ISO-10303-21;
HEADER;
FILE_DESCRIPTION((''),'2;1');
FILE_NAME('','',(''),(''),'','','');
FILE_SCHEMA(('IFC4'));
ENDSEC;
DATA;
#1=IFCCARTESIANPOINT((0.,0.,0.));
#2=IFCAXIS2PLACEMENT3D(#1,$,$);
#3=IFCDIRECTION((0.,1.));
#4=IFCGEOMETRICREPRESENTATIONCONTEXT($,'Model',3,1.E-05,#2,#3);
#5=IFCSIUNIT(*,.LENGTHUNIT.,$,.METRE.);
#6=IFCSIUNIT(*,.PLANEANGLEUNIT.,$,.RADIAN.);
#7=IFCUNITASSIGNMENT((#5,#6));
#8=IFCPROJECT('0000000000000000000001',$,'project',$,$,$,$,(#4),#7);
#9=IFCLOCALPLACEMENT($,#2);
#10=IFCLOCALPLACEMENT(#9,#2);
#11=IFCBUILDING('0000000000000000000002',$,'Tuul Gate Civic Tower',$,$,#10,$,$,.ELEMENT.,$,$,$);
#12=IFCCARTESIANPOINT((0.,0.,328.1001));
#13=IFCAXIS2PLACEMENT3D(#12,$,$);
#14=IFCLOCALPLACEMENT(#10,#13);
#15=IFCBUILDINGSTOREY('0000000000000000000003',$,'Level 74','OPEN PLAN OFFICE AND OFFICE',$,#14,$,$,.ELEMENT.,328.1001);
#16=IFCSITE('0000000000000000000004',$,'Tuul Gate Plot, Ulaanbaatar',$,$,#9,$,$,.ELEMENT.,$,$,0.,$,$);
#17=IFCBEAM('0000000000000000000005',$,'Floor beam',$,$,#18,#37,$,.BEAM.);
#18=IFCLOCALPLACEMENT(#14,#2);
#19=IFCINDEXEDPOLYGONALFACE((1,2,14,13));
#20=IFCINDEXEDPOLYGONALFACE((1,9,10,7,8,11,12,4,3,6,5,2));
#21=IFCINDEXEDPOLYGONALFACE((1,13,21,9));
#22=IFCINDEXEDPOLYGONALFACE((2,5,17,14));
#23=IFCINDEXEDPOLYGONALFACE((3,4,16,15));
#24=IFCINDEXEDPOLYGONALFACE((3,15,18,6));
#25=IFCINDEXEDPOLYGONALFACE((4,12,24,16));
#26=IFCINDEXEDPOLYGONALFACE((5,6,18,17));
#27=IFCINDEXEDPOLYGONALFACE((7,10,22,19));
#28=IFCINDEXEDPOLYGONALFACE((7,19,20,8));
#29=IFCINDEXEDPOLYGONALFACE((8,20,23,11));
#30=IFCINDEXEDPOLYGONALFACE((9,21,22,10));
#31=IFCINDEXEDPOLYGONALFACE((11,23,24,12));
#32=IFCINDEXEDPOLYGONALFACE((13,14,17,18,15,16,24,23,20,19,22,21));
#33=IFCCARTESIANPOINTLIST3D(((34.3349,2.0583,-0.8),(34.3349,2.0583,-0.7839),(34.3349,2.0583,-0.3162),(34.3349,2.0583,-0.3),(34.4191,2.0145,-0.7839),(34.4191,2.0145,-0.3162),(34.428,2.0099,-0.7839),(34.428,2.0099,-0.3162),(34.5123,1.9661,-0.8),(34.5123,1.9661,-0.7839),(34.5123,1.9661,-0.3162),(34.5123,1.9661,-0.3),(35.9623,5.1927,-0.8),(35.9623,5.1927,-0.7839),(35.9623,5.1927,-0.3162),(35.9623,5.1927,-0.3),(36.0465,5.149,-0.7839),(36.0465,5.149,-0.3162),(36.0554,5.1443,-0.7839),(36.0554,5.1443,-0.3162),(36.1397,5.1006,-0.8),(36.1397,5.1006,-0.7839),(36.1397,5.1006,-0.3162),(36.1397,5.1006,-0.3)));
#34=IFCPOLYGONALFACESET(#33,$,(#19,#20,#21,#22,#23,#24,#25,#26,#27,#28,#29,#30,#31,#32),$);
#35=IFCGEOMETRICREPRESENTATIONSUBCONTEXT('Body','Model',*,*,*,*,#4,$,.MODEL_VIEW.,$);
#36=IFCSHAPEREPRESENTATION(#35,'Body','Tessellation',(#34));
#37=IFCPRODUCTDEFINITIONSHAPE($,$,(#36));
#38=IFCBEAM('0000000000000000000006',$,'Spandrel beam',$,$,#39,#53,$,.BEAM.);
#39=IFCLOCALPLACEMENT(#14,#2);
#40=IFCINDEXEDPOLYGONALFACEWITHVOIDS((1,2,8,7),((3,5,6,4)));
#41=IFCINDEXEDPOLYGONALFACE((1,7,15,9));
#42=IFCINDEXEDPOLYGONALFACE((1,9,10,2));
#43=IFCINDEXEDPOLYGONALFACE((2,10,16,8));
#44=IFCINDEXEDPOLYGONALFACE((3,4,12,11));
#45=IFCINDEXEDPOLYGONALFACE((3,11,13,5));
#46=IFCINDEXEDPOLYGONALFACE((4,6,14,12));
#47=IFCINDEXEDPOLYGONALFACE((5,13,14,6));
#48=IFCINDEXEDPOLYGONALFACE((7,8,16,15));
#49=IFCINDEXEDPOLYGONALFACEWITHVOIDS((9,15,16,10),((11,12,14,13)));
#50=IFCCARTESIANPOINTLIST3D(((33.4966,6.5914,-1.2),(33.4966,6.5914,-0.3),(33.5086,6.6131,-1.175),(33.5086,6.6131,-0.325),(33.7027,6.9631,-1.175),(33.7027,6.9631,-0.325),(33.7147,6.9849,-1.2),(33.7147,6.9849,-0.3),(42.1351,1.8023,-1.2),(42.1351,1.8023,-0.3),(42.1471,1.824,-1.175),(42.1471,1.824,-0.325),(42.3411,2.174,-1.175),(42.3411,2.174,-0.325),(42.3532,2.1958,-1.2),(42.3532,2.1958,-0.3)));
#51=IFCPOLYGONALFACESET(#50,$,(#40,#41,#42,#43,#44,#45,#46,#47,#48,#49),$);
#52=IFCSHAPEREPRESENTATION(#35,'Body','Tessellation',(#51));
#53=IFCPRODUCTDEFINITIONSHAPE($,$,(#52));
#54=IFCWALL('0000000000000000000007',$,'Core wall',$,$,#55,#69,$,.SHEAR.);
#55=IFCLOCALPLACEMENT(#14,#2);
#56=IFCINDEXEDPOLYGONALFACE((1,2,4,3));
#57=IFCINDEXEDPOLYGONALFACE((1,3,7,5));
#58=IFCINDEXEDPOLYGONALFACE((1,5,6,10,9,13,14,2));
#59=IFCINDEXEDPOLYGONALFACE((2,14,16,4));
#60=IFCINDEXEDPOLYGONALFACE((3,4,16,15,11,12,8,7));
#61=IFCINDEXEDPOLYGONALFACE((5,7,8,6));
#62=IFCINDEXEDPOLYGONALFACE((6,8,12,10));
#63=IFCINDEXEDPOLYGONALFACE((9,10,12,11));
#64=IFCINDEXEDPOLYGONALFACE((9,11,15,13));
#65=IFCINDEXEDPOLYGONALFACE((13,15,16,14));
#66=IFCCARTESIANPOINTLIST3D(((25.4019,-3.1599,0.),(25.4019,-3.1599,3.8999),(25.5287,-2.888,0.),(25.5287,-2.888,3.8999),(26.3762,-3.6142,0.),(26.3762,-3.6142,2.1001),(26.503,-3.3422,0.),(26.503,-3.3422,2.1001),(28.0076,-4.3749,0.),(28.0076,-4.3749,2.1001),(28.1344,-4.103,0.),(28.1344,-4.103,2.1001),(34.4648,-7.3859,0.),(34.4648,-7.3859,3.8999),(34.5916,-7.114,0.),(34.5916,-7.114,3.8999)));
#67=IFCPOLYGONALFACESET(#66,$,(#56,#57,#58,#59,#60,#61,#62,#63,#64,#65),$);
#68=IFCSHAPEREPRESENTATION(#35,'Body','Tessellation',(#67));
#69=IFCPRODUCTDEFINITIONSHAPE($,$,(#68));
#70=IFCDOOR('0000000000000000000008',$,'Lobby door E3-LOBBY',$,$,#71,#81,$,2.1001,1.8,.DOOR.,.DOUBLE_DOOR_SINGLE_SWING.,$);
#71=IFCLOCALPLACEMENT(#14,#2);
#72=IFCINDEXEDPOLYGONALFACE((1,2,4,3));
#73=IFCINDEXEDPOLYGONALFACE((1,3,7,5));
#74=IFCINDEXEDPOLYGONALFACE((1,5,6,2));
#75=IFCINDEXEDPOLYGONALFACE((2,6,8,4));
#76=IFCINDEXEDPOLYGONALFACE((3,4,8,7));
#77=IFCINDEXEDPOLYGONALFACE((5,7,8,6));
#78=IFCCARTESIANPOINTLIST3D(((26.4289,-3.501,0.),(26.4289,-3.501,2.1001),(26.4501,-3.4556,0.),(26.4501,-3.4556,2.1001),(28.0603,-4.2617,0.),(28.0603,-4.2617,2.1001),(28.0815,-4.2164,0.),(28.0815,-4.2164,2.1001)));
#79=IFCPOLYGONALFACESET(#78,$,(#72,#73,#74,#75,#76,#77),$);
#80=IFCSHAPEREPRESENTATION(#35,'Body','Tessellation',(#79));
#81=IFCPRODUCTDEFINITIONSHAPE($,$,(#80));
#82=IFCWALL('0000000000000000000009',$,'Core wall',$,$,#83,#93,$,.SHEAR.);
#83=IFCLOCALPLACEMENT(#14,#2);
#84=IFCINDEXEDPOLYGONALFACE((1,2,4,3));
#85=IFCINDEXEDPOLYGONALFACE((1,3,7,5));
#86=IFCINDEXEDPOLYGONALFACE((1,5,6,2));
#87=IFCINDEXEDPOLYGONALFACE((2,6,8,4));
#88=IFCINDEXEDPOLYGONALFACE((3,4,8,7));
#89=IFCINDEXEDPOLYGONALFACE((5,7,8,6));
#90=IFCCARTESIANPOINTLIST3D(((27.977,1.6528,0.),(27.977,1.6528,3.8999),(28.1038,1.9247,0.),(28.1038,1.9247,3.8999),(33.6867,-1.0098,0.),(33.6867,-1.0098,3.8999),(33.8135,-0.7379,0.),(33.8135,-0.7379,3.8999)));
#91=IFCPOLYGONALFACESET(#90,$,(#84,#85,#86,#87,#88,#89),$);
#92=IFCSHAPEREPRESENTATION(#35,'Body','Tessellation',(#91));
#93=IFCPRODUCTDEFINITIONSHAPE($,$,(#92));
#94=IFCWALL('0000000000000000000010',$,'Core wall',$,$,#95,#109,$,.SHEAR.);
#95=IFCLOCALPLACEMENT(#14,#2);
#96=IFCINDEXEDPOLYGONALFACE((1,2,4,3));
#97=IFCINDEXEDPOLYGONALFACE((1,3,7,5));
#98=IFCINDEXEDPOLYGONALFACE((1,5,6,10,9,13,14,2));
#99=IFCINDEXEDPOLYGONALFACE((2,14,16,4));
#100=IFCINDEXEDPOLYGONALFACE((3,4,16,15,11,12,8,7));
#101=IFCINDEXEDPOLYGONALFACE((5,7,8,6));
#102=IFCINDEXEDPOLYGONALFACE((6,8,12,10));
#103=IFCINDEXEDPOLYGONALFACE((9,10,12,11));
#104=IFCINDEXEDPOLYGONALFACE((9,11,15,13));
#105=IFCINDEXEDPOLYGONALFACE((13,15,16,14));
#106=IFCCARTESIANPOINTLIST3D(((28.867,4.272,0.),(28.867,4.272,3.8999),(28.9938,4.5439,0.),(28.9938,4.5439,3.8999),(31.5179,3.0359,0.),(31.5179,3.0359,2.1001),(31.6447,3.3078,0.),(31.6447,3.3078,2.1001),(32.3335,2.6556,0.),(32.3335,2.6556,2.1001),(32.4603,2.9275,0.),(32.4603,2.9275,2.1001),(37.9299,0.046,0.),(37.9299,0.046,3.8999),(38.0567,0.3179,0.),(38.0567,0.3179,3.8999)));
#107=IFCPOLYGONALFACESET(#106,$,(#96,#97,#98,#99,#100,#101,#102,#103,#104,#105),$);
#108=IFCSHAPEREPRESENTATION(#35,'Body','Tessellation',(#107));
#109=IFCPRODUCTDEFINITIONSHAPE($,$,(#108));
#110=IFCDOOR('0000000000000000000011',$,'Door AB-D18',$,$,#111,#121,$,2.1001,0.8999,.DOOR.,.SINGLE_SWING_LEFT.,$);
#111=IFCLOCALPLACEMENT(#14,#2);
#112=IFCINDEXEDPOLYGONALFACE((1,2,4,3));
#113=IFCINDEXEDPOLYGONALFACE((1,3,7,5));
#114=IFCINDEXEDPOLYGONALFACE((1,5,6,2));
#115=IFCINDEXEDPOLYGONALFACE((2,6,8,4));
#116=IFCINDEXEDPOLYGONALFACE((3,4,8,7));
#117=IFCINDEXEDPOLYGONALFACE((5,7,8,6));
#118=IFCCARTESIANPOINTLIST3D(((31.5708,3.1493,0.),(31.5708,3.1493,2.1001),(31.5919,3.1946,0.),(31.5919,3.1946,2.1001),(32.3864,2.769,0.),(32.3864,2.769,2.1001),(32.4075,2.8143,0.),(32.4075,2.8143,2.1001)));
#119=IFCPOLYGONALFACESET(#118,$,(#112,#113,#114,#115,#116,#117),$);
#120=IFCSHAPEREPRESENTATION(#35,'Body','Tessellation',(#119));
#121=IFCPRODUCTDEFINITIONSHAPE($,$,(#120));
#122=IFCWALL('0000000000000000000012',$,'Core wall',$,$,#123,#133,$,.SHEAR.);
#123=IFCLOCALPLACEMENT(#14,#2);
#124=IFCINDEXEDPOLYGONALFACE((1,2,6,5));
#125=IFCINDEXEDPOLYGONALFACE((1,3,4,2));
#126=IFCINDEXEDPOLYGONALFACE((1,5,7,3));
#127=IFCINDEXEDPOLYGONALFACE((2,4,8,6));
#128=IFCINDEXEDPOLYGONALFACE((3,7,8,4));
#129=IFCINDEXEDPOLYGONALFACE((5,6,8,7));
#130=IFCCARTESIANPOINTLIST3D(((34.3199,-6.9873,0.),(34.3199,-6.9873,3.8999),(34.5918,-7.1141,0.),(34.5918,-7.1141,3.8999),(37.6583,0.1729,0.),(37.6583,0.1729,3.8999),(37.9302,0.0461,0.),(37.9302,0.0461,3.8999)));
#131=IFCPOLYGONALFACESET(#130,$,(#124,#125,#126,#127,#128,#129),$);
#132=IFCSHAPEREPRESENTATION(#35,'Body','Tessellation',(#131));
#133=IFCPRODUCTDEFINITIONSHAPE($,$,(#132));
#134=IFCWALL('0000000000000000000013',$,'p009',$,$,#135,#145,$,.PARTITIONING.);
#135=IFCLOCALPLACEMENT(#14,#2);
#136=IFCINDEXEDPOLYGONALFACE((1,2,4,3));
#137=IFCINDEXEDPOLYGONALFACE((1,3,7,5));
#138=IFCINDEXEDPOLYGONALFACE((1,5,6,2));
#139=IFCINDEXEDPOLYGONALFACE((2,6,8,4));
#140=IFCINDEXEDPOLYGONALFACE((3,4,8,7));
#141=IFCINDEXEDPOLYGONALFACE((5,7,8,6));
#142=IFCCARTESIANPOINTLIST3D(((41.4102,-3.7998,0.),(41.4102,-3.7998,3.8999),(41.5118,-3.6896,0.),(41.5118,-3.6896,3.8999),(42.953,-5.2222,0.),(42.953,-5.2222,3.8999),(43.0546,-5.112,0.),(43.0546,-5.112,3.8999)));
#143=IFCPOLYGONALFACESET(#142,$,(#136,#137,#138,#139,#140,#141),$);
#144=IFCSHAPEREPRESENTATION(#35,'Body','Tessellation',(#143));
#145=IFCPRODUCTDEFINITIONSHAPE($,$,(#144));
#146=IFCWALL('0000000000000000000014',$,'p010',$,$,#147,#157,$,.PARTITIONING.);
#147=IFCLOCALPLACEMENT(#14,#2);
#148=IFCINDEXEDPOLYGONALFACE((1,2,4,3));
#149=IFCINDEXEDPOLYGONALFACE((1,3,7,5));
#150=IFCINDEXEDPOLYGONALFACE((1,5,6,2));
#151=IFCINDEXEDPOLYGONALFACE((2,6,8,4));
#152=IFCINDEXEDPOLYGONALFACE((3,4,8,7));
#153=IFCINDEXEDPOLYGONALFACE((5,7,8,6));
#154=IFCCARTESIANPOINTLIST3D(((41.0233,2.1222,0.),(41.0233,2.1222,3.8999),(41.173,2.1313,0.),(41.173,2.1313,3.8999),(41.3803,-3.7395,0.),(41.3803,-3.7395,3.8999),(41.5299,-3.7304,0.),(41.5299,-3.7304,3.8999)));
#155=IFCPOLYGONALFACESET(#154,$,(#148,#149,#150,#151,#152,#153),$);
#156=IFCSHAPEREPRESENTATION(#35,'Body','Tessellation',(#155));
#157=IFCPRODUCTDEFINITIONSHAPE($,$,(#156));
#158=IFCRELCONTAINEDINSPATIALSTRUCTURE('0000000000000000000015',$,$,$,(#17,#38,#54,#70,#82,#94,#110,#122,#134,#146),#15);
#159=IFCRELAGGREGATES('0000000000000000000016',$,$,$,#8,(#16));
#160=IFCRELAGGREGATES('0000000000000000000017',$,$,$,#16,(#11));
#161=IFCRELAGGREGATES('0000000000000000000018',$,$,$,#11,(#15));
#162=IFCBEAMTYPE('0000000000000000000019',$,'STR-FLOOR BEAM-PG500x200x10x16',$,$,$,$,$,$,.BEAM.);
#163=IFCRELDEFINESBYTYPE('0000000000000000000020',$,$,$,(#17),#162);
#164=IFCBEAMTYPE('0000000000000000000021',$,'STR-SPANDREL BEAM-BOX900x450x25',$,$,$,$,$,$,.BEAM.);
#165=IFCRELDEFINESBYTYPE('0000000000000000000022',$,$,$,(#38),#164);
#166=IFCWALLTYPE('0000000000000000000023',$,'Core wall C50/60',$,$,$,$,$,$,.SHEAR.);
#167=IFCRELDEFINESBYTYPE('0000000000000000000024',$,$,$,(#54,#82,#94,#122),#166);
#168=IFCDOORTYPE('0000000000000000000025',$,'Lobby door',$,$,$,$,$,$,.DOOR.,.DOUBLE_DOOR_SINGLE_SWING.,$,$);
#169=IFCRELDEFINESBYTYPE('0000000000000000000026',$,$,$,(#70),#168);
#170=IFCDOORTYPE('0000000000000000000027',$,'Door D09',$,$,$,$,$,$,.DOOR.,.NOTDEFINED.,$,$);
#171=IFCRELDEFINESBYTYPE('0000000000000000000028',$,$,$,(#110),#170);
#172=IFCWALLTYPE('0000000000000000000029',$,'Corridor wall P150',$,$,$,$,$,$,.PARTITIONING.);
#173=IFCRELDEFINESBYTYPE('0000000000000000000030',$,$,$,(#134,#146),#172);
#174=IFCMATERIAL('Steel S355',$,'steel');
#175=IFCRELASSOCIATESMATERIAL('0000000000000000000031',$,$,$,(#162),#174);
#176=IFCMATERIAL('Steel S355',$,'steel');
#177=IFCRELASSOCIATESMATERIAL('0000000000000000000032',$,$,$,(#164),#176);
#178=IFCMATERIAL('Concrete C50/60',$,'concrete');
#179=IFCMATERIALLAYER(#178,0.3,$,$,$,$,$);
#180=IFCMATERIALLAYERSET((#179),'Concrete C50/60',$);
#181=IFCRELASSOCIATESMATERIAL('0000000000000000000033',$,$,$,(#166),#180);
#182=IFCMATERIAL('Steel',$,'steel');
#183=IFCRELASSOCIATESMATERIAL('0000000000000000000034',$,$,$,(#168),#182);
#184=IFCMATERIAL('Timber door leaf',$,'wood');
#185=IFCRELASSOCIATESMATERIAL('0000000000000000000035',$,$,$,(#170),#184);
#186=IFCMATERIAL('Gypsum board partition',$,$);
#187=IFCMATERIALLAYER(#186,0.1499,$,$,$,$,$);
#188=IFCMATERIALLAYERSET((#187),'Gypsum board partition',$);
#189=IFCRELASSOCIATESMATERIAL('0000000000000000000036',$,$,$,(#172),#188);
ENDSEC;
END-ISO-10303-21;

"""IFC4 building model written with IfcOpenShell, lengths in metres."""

from ifc_helpers import new_model, si_unit, direction, frame, frame_2d, origin, origin_2d, place, context, subcontext, project, spatial, rectangle, hollow_rectangle, i_section, extrude, material, layer, layer_set, material_profile, profile_set, type_object, element, fill, save


model = new_model("IFC4")

# Units and contexts
model_context = context("Model", 3, precision=1e-05, world=origin(), true_north=direction((0.0, 1.0)))
body_context = subcontext(model_context, "Body", "Model", "MODEL_VIEW")
ifc_project = project(units=[si_unit("LENGTHUNIT", "METRE"), si_unit("PLANEANGLEUNIT", "RADIAN")], contexts=[model_context])

# Site, building, storey
site_placement = place(None, origin())
site = spatial("IfcSite", under=ifc_project, at=site_placement, Name="Tuul Gate Plot, Ulaanbaatar", CompositionType="ELEMENT", RefElevation=0.0)
building_placement = place(site_placement, origin())
building = spatial("IfcBuilding", under=site, at=building_placement, Name="Tuul Gate Civic Tower", CompositionType="ELEMENT")
storey_placement = place(building_placement, frame((0.0, 0.0, 328.1001)))
storey = spatial("IfcBuildingStorey", under=building, at=storey_placement, Name="Level 74", Description="OPEN PLAN OFFICE AND OFFICE", CompositionType="ELEMENT", Elevation=328.1001)

# Beams
ifc_material_1 = material(Name="Steel S355", Category="steel")
ifc_material_profile_1 = material_profile(ifc_material_1, i_section(OverallWidth=0.2, OverallDepth=0.5, WebThickness=0.01, FlangeThickness=0.0161, at=origin_2d()), Name="PG500x200x10x16")
ifc_profile_set_1 = profile_set([ifc_material_profile_1], Name="Steel S355")
beam_type_1 = type_object("IfcBeamType", Name="STR-FLOOR BEAM-PG500x200x10x16", PredefinedType="BEAM", material=ifc_profile_set_1)
beam_1_placement = place(storey_placement, frame((34.4236, 2.0122, -0.55), z_axis=(0.460793, 0.887507, 0.0), x_axis=(-0.887507, 0.460793, 0.0)))
element("IfcBeam", 1, at=beam_1_placement, inside=storey, type_object=beam_type_1, Name="Floor beam", PredefinedType="BEAM", context=body_context, shape_type="SweptSolid", body=[
    extrude(i_section(OverallWidth=0.2, OverallDepth=0.5, WebThickness=0.01, FlangeThickness=0.0161, at=origin_2d()), origin(), (0.0, 0.0, 1.0), 3.5317),
])
ifc_material_2 = material(Name="Steel S355", Category="steel")
ifc_material_profile_2 = material_profile(ifc_material_2, hollow_rectangle(XDim=0.45, YDim=0.8999, WallThickness=0.0249, at=origin_2d()), Name="BOX900x450x25")
ifc_profile_set_2 = profile_set([ifc_material_profile_2], Name="Steel S355")
beam_type_2 = type_object("IfcBeamType", Name="STR-SPANDREL BEAM-BOX900x450x25", PredefinedType="BEAM", material=ifc_profile_set_2)
beam_2_placement = place(storey_placement, frame((42.2441, 1.999, -0.75), z_axis=(-0.874589, 0.484864, 0.0), x_axis=(-0.484864, -0.874589, 0.0)))
element("IfcBeam", 2, at=beam_2_placement, inside=storey, type_object=beam_type_2, Name="Spandrel beam", PredefinedType="BEAM", context=body_context, shape_type="SweptSolid", body=[
    extrude(hollow_rectangle(XDim=0.45, YDim=0.8999, WallThickness=0.0249, at=origin_2d()), origin(), (0.0, 0.0, 1.0), 9.8772),
])

# Wall, opening, door
ifc_material_3 = material(Name="Concrete C50/60", Category="concrete")
ifc_layer_1 = layer(ifc_material_3, 0.3)
ifc_layer_set_1 = layer_set([ifc_layer_1], Name="Concrete C50/60")
wall_type_1 = type_object("IfcWallType", Name="Core wall C50/60", PredefinedType="SHEAR", material=ifc_layer_set_1)
wall_1_placement = place(storey_placement, frame((34.5283, -7.25, 0.0), z_axis=(0.0, 0.0, 1.0), x_axis=(-0.90631, 0.422613, 0.0)))
wall_1 = element("IfcWall", 3, at=wall_1_placement, inside=storey, type_object=wall_type_1, Name="Core wall", PredefinedType="SHEAR", context=body_context, shape_type="SweptSolid", body=[
    extrude(rectangle(XDim=9.9998, YDim=0.3, at=frame_2d((5.0, 0.0))), origin(), (0.0, 0.0, 1.0), 3.8999),
])
opening_1_placement = place(wall_1_placement, frame((7.125, 0.0, 0.0)))
opening_1 = element("IfcOpeningElement", 4, at=opening_1_placement, cuts=wall_1, PredefinedType="OPENING", context=body_context, shape_type="SweptSolid", body=[
    extrude(rectangle(XDim=1.8, YDim=2.1001, at=frame_2d((0.8999, 1.05))), frame((0.0, 0.1602, 0.0), z_axis=(0.0, -1.0, 0.0), x_axis=(1.0, 0.0, 0.0)), (0.0, 0.0, 1.0), 0.3201),
])
ifc_material_4 = material(Name="Steel", Category="steel")
door_type_1 = type_object("IfcDoorType", Name="Lobby door", OperationType="DOUBLE_DOOR_SINGLE_SWING", PredefinedType="DOOR", material=ifc_material_4)
door_1_placement = place(opening_1_placement, frame((1.8, 0.0, 0.0), z_axis=(0.0, 0.0, 1.0), x_axis=(-1.0, 0.0, 0.0)))
door_1 = element("IfcDoor", 5, at=door_1_placement, inside=storey, type_object=door_type_1, Name="Lobby door E3-LOBBY", OperationType="DOUBLE_DOOR_SINGLE_SWING", OverallHeight=2.1001, OverallWidth=1.8, PredefinedType="DOOR", context=body_context, shape_type="SweptSolid", body=[
    extrude(rectangle(XDim=1.8, YDim=2.1001, at=frame_2d((0.9001, 1.05))), frame((0.0, 0.0249, 0.0), z_axis=(0.0, -1.0, 0.0), x_axis=(1.0, 0.0, 0.0)), (0.0, 0.0, 1.0), 0.05),
])
fill(opening_1, door_1)

# Wall
wall_2_placement = place(storey_placement, frame((33.75, -0.8738, 0.0), z_axis=(0.0, 0.0, 1.0), x_axis=(-0.906301, 0.422633, 0.0)))
element("IfcWall", 6, at=wall_2_placement, inside=storey, type_object=wall_type_1, Name="Core wall", PredefinedType="SHEAR", context=body_context, shape_type="SweptSolid", body=[
    extrude(rectangle(XDim=6.3, YDim=0.3, at=frame_2d((3.1499, 0.0))), origin(), (0.0, 0.0, 1.0), 3.8999),
])

# Wall, opening, door
wall_3_placement = place(storey_placement, frame((37.9934, 0.1819, 0.0), z_axis=(0.0, 0.0, 1.0), x_axis=(-0.90631, 0.422613, 0.0)))
wall_3 = element("IfcWall", 7, at=wall_3_placement, inside=storey, type_object=wall_type_1, Name="Core wall", PredefinedType="SHEAR", context=body_context, shape_type="SweptSolid", body=[
    extrude(rectangle(XDim=9.9998, YDim=0.3, at=frame_2d((5.0, 0.0))), origin(), (0.0, 0.0, 1.0), 3.8999),
])
opening_2_placement = place(wall_3_placement, frame((6.175, 0.0, 0.0)))
opening_2 = element("IfcOpeningElement", 8, at=opening_2_placement, cuts=wall_3, PredefinedType="OPENING", context=body_context, shape_type="SweptSolid", body=[
    extrude(rectangle(XDim=0.8999, YDim=2.1001, at=frame_2d((0.45, 1.05))), frame((0.0, 0.1602, 0.0), z_axis=(0.0, -1.0, 0.0), x_axis=(1.0, 0.0, 0.0)), (0.0, 0.0, 1.0), 0.3201),
])
ifc_material_5 = material(Name="Timber door leaf", Category="wood")
door_type_2 = type_object("IfcDoorType", Name="Door D09", OperationType="NOTDEFINED", PredefinedType="DOOR", material=ifc_material_5)
door_2_placement = place(opening_2_placement, origin())
door_2 = element("IfcDoor", 9, at=door_2_placement, inside=storey, type_object=door_type_2, Name="Door AB-D18", OperationType="SINGLE_SWING_LEFT", OverallHeight=2.1001, OverallWidth=0.8999, PredefinedType="DOOR", context=body_context, shape_type="SweptSolid", body=[
    extrude(rectangle(XDim=0.8999, YDim=2.1001, at=frame_2d((0.45, 1.05))), frame((0.0, 0.0249, 0.0), z_axis=(0.0, -1.0, 0.0), x_axis=(1.0, 0.0, 0.0)), (0.0, 0.0, 1.0), 0.05),
])
fill(opening_2, door_2)

# Walls
wall_4_placement = place(storey_placement, frame((34.4558, -7.0508, 0.0), z_axis=(0.0, 0.0, 1.0), x_axis=(0.422571, 0.90633, 0.0)))
element("IfcWall", 10, at=wall_4_placement, inside=storey, type_object=wall_type_1, Name="Core wall", PredefinedType="SHEAR", context=body_context, shape_type="SweptSolid", body=[
    extrude(rectangle(XDim=7.9001, YDim=0.3, at=frame_2d((3.9502, 0.0))), origin(), (0.0, 0.0, 1.0), 3.8999),
])
ifc_material_6 = material(Name="Gypsum board partition")
ifc_layer_2 = layer(ifc_material_6, 0.1499)
ifc_layer_set_2 = layer_set([ifc_layer_2], Name="Gypsum board partition")
wall_type_2 = type_object("IfcWallType", Name="Corridor wall P150", PredefinedType="PARTITIONING", material=ifc_layer_set_2)
wall_5_placement = place(storey_placement, frame((41.4609, -3.7446, 0.0), z_axis=(0.0, 0.0, 1.0), x_axis=(0.735205, -0.677845, 0.0)))
element("IfcWall", 11, at=wall_5_placement, inside=storey, type_object=wall_type_2, Name="p009", PredefinedType="PARTITIONING", context=body_context, shape_type="SweptSolid", body=[
    extrude(rectangle(XDim=2.0984, YDim=0.1499, at=frame_2d((1.0493, 0.0))), origin(), (0.0, 0.0, 1.0), 3.8999),
])
wall_6_placement = place(storey_placement, frame((41.0981, 2.1267, 0.0), z_axis=(0.0, 0.0, 1.0), x_axis=(0.060779, -0.998151, 0.0)))
element("IfcWall", 12, at=wall_6_placement, inside=storey, type_object=wall_type_2, Name="p010", PredefinedType="PARTITIONING", context=body_context, shape_type="SweptSolid", body=[
    extrude(rectangle(XDim=5.8726, YDim=0.1499, at=frame_2d((2.9363, 0.0))), origin(), (0.0, 0.0, 1.0), 3.8999),
])

save(model, "model.ifc")
